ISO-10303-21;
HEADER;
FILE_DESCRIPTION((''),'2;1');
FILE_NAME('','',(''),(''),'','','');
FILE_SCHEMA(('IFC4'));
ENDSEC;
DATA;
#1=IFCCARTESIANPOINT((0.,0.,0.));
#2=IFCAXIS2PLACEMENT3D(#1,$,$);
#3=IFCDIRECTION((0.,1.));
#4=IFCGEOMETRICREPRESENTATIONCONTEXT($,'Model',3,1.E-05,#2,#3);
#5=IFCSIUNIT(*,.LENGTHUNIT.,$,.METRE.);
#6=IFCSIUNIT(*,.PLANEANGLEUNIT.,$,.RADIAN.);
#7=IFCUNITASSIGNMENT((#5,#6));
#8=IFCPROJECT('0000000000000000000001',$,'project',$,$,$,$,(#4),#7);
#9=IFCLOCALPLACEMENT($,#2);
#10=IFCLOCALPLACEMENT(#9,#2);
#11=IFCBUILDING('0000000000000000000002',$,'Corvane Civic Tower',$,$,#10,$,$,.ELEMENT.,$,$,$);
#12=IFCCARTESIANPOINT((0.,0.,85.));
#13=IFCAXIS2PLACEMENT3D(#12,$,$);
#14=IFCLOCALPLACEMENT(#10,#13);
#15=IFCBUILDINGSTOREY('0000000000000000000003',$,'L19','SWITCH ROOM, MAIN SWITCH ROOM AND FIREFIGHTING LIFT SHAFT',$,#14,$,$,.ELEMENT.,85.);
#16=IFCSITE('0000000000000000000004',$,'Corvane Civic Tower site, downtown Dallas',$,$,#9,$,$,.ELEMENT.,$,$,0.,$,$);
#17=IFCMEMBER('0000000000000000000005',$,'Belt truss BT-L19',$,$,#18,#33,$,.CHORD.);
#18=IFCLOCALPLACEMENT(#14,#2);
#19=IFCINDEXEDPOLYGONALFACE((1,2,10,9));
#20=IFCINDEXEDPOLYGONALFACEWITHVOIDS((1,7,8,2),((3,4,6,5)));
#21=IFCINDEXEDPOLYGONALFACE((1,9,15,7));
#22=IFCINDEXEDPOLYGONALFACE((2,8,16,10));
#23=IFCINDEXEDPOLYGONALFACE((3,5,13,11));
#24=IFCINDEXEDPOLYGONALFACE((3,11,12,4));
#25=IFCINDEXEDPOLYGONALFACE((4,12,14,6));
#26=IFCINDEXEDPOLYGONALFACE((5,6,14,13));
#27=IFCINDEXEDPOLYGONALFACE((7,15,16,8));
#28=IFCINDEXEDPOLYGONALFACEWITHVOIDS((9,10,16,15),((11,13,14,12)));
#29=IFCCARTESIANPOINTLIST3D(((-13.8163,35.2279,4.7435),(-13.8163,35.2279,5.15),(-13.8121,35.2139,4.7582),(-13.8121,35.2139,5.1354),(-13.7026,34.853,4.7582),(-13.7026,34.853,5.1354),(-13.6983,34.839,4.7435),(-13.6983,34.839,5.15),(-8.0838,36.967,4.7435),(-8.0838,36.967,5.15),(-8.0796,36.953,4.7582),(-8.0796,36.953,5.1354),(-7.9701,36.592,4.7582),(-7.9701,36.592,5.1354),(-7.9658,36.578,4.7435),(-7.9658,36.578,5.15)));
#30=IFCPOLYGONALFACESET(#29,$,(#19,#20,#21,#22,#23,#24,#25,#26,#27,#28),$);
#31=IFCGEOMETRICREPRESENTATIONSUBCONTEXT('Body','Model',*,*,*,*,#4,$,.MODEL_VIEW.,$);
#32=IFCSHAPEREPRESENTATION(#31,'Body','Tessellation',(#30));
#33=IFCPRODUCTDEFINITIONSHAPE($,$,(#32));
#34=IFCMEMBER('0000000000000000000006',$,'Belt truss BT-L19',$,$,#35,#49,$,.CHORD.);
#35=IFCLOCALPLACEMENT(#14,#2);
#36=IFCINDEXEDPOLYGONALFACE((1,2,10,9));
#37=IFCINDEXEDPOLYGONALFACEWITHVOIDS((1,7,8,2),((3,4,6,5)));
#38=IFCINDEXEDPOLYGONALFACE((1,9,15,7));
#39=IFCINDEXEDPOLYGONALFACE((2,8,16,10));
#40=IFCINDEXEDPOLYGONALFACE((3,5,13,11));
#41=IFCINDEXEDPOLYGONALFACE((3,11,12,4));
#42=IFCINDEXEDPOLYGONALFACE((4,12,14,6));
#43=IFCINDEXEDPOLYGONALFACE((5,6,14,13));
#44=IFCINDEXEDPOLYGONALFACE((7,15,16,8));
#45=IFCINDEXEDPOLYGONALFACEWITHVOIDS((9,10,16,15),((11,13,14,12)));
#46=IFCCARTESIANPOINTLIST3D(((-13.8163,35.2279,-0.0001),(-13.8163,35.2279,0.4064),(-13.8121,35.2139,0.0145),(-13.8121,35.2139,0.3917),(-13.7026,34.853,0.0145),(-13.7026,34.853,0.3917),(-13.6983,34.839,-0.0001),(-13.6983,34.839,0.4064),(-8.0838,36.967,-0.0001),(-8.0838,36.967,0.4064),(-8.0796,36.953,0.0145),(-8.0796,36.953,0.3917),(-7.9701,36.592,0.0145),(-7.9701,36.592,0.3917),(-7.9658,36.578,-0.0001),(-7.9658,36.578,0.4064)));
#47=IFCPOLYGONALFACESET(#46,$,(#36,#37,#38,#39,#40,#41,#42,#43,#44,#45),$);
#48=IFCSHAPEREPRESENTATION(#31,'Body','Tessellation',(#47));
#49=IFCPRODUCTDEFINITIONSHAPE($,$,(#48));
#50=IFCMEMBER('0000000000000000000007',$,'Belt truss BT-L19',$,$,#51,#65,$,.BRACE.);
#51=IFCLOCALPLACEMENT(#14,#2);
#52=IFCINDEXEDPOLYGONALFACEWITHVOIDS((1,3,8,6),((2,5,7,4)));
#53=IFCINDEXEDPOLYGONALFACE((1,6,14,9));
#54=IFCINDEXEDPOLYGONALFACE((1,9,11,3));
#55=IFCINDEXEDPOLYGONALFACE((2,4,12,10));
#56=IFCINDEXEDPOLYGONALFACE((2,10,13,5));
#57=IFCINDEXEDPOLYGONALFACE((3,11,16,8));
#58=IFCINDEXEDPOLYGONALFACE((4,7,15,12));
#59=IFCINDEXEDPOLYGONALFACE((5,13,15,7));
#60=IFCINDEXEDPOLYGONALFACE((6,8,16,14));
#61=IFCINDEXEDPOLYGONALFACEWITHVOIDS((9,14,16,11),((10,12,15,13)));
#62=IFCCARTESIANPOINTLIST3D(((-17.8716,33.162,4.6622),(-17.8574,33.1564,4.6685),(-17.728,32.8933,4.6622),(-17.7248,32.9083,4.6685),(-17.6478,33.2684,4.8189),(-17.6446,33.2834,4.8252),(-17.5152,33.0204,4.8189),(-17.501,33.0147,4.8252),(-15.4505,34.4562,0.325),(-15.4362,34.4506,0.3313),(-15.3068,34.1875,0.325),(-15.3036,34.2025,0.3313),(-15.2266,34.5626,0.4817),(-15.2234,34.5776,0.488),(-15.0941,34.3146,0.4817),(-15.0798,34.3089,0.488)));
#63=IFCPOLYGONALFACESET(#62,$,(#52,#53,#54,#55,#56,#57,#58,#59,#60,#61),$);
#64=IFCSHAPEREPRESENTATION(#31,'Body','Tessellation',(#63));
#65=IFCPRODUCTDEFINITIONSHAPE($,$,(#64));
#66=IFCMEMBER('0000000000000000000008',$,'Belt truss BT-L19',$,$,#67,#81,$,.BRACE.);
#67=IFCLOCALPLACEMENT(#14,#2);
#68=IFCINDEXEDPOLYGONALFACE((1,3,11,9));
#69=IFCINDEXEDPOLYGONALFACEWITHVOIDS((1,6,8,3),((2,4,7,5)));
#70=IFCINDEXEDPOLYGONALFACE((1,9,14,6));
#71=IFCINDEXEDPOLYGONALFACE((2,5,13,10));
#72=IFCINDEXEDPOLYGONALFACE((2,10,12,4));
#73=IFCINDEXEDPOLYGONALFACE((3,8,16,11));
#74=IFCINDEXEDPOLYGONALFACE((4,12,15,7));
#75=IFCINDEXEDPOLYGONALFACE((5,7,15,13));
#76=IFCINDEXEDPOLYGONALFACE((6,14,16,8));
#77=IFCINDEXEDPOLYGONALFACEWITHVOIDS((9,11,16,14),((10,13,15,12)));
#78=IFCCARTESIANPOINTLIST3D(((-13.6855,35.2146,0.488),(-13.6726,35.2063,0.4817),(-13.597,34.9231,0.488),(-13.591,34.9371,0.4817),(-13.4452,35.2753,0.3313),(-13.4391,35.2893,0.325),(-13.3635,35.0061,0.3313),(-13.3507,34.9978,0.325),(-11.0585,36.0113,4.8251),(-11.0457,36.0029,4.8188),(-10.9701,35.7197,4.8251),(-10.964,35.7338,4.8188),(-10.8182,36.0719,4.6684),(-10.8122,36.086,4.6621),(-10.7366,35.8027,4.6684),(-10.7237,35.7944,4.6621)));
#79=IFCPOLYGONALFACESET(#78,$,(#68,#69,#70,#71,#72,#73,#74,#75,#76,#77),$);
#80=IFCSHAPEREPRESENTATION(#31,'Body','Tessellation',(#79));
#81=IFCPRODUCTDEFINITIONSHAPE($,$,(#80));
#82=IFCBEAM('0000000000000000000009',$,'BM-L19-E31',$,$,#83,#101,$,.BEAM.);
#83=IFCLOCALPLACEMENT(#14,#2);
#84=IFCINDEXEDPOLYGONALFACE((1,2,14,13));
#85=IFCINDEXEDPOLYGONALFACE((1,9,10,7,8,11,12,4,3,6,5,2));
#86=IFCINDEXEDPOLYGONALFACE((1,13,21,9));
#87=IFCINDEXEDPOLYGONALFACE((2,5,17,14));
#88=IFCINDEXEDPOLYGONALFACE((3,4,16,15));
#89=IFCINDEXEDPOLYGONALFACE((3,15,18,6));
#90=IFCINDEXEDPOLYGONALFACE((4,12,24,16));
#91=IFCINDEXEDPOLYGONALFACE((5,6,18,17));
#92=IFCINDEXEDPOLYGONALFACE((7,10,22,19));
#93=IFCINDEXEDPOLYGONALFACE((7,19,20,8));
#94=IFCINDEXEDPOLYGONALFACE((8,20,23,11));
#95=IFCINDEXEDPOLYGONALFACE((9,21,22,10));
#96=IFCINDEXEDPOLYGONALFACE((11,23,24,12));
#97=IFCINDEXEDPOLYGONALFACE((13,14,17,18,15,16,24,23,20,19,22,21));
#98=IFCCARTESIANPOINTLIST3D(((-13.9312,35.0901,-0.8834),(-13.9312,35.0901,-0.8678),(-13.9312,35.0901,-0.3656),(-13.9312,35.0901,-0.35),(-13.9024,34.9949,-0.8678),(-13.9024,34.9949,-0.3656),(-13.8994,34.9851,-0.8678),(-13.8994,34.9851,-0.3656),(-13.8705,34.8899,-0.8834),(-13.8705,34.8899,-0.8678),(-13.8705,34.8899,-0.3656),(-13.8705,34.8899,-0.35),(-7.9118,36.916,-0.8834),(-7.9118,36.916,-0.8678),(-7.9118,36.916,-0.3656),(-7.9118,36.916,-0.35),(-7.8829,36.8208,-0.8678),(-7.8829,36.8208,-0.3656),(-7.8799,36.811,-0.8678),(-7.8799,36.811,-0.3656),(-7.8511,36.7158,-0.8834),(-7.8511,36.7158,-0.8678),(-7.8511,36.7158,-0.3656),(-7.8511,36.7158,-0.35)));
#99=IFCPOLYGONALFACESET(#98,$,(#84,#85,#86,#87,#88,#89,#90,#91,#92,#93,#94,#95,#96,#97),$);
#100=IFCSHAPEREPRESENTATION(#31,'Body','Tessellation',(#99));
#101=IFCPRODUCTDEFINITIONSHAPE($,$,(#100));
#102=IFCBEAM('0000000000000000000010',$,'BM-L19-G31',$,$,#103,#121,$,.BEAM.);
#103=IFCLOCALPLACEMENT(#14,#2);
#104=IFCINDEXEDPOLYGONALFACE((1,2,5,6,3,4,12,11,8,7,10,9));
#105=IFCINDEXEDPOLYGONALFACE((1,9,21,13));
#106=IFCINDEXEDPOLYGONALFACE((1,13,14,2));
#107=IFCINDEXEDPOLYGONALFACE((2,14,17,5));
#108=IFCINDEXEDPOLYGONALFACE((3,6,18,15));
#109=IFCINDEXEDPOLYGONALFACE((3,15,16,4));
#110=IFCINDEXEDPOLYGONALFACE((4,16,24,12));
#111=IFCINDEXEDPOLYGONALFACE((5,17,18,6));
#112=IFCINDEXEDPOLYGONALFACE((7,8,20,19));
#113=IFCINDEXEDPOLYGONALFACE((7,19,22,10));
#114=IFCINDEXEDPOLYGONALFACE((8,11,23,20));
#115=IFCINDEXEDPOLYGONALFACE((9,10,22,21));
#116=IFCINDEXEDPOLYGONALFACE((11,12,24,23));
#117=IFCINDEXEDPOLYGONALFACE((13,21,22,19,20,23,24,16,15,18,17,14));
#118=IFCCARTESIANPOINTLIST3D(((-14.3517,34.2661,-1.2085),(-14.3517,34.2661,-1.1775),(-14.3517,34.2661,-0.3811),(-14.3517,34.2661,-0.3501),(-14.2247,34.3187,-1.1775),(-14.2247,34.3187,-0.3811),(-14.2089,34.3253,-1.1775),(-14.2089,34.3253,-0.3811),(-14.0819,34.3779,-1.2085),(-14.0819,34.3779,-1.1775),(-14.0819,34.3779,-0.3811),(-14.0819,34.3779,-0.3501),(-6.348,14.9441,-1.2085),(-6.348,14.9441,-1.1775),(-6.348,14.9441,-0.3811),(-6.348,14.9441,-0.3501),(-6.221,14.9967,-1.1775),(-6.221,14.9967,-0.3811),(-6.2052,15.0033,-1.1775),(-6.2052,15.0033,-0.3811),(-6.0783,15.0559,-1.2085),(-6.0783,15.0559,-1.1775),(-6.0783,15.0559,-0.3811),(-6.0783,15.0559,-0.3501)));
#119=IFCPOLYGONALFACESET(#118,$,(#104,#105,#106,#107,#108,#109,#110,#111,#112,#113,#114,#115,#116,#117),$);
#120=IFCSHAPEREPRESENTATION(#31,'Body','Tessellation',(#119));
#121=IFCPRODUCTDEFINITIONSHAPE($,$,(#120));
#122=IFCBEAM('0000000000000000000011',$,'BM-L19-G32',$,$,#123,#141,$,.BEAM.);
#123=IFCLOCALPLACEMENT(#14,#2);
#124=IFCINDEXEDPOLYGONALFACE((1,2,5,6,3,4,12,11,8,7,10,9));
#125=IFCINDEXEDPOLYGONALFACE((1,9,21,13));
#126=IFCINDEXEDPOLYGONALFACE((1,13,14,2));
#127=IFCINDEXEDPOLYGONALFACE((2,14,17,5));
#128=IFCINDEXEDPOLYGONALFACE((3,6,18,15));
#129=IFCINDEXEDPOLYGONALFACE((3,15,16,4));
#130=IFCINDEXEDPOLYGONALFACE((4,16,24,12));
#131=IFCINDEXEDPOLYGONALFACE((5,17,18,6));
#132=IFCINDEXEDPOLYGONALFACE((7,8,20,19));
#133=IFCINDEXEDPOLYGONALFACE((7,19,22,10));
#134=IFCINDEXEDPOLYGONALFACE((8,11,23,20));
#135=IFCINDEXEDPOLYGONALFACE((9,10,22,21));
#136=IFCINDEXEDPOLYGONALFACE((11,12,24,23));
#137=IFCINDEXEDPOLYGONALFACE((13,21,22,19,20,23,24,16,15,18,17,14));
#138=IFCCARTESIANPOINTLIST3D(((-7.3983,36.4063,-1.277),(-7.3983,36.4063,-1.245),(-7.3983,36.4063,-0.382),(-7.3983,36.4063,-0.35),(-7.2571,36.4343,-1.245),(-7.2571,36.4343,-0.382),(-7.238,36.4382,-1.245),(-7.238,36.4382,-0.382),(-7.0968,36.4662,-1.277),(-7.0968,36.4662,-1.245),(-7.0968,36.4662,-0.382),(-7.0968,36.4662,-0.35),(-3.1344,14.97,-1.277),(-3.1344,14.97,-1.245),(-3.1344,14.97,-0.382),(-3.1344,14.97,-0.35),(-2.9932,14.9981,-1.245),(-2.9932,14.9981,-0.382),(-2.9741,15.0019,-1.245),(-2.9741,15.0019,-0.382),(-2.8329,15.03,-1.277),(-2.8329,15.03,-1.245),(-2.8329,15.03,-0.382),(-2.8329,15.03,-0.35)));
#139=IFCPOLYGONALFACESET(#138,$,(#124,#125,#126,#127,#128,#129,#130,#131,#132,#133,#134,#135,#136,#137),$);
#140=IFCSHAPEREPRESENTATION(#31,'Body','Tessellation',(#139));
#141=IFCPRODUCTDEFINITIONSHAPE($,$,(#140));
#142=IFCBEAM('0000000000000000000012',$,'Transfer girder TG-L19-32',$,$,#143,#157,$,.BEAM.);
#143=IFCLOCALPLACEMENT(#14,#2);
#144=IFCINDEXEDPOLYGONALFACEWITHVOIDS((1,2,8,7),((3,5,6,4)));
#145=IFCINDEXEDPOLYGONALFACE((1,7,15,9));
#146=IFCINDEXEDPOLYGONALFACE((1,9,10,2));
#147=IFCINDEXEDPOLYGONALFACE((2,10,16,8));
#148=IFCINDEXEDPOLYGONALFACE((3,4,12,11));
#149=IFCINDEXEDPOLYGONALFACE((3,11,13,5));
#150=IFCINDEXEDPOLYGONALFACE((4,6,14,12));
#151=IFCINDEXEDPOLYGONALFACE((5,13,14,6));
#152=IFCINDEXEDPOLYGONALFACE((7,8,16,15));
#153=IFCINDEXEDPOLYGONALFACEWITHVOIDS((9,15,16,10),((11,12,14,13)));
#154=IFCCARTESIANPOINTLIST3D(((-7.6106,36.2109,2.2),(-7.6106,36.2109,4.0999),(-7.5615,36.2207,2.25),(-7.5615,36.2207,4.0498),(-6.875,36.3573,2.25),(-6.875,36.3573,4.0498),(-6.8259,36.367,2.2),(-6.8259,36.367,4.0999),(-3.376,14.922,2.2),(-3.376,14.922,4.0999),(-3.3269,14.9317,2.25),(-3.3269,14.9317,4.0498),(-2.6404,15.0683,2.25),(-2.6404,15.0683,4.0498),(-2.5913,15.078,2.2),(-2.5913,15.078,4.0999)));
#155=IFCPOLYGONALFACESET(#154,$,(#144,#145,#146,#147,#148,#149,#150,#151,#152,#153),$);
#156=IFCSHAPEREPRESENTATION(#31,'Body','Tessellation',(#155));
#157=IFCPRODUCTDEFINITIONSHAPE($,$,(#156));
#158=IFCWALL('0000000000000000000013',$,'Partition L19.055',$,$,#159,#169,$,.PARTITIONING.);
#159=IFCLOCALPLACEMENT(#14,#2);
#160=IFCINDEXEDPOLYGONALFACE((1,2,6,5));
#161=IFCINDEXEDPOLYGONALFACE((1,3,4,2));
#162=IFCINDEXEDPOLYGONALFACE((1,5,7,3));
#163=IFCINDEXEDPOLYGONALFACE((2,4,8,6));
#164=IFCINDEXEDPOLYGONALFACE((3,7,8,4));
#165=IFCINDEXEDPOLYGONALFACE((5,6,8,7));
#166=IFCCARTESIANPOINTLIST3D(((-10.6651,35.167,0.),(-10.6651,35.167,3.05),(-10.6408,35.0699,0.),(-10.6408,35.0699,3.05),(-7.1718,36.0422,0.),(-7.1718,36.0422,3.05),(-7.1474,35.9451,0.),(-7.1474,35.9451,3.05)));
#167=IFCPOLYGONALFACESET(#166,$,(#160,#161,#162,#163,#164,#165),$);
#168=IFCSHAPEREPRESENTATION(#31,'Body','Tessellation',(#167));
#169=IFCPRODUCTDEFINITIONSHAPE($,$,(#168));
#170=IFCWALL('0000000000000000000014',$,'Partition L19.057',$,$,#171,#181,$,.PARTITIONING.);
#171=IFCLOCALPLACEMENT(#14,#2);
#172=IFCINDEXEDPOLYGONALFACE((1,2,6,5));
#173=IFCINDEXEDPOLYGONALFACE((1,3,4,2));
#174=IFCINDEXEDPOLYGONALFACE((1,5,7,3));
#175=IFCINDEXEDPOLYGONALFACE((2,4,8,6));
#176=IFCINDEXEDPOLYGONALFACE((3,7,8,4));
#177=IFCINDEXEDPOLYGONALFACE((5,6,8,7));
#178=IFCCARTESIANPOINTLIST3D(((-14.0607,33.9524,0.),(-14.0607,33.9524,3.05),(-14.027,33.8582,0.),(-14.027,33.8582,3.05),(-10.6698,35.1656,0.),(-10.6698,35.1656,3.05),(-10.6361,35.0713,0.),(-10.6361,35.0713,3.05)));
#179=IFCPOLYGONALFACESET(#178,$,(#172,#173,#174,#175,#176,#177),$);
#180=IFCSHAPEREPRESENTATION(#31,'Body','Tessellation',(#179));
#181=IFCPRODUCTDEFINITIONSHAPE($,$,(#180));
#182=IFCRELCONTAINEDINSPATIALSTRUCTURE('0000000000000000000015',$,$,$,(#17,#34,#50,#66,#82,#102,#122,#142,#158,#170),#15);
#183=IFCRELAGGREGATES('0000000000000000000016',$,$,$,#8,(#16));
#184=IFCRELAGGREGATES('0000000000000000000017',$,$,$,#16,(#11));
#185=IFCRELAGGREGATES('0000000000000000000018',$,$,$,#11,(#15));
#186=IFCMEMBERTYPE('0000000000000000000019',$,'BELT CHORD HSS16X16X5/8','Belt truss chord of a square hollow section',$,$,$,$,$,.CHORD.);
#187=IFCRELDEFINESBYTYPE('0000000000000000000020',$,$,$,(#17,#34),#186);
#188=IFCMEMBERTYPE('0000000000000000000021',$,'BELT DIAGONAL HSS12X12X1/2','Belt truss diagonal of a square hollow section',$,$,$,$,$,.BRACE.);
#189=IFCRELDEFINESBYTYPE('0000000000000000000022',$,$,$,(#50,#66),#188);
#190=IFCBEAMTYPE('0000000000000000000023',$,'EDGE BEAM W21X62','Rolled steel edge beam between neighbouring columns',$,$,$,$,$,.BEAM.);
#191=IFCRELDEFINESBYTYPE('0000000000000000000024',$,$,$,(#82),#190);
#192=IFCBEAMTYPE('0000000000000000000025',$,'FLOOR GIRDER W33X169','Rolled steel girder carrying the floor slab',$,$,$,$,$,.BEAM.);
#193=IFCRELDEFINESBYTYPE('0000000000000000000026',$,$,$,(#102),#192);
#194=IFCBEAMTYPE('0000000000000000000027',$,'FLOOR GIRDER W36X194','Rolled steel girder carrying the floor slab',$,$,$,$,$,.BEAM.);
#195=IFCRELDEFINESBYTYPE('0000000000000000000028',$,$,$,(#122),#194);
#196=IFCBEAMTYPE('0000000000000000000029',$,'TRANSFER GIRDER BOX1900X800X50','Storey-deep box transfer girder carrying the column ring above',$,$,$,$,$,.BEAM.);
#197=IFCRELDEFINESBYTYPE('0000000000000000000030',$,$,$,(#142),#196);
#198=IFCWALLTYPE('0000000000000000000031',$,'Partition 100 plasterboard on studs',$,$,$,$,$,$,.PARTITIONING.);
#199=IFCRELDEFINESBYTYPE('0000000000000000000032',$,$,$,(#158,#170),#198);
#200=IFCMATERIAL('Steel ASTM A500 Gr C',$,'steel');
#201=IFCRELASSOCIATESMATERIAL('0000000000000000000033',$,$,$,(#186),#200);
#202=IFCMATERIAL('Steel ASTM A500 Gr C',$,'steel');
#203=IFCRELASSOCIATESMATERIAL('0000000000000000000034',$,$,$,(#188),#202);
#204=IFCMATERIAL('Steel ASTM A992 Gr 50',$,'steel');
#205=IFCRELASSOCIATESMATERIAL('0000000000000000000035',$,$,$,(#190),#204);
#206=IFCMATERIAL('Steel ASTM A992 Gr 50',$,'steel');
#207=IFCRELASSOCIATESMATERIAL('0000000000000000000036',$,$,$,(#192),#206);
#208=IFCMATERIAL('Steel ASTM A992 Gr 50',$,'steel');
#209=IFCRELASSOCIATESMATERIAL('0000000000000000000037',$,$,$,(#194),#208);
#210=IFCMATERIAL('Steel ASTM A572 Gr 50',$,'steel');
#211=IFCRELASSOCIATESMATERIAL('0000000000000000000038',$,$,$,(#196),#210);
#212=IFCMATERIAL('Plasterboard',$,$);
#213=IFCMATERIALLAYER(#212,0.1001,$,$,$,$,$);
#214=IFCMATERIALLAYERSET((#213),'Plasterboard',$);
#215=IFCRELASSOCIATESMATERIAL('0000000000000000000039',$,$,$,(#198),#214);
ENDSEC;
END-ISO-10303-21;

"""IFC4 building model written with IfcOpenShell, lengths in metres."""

from ifc_helpers import new_model, si_unit, direction, frame, frame_2d, origin, origin_2d, place, context, subcontext, project, spatial, rectangle, hollow_rectangle, i_section, extrude, material, layer, layer_set, material_profile, profile_set, type_object, element, save


model = new_model("IFC4")

# Units and contexts
model_context = context("Model", 3, precision=1e-05, world=origin(), true_north=direction((0.0, 1.0)))
body_context = subcontext(model_context, "Body", "Model", "MODEL_VIEW")
ifc_project = project(units=[si_unit("LENGTHUNIT", "METRE"), si_unit("PLANEANGLEUNIT", "RADIAN")], contexts=[model_context])

# Site, building, storey
site_placement = place(None, origin())
site = spatial("IfcSite", under=ifc_project, at=site_placement, Name="Corvane Civic Tower site, downtown Dallas", CompositionType="ELEMENT", RefElevation=0.0)
building_placement = place(site_placement, origin())
building = spatial("IfcBuilding", under=site, at=building_placement, Name="Corvane Civic Tower", CompositionType="ELEMENT")
storey_placement = place(building_placement, frame((0.0, 0.0, 85.0)))
storey = spatial("IfcBuildingStorey", under=building, at=storey_placement, Name="L19", Description="SWITCH ROOM, MAIN SWITCH ROOM AND FIREFIGHTING LIFT SHAFT", CompositionType="ELEMENT", Elevation=85.0)

# Members
ifc_material_1 = material(Name="Steel ASTM A500 Gr C", Category="steel")
ifc_material_profile_1 = material_profile(ifc_material_1, hollow_rectangle(XDim=0.4065, YDim=0.4065, WallThickness=0.0146, at=origin_2d()), Name="HSS16X16X5/8")
ifc_profile_set_1 = profile_set([ifc_material_profile_1], Name="Steel ASTM A500 Gr C")
member_type_1 = type_object("IfcMemberType", Name="BELT CHORD HSS16X16X5/8", Description="Belt truss chord of a square hollow section", PredefinedType="CHORD", material=ifc_profile_set_1)
for number, where, z_axis, x_axis, name in (
    (1, (-13.7573, 35.0334, 4.9468), (0.956936, 0.2903, 0.0), (-0.2903, 0.956936, 0.0), "Belt truss BT-L19"),
    (2, (-13.7573, 35.0334, 0.2031), (0.956936, 0.2903, 0.0), (-0.2903, 0.956936, 0.0), "Belt truss BT-L19"),
):
    element("IfcMember", number, at=place(storey_placement, frame(where, z_axis=z_axis, x_axis=x_axis)), inside=storey, type_object=member_type_1, Name=name, PredefinedType="CHORD", context=body_context, shape_type="SweptSolid", body=[
        extrude(hollow_rectangle(XDim=0.4065, YDim=0.4065, WallThickness=0.0146, at=origin_2d()), origin(), (0.0, 0.0, 1.0), 5.9905),
    ])
ifc_material_2 = material(Name="Steel ASTM A500 Gr C", Category="steel")
ifc_material_profile_2 = material_profile(ifc_material_2, hollow_rectangle(XDim=0.3047, YDim=0.3047, WallThickness=0.0117, at=origin_2d()), Name="HSS12X12X1/2")
ifc_profile_set_2 = profile_set([ifc_material_profile_2], Name="Steel ASTM A500 Gr C")
member_type_2 = type_object("IfcMemberType", Name="BELT DIAGONAL HSS12X12X1/2", Description="Belt truss diagonal of a square hollow section", PredefinedType="BRACE", material=ifc_profile_set_2)
member_1_placement = place(storey_placement, frame((-15.2651, 34.3826, 0.4065), z_axis=(-0.471681, -0.252131, 0.844954), x_axis=(0.471414, -0.881912, 0.0)))
element("IfcMember", 3, at=member_1_placement, inside=storey, type_object=member_type_2, Name="Belt truss BT-L19", PredefinedType="BRACE", context=body_context, shape_type="SweptSolid", body=[
    extrude(hollow_rectangle(XDim=0.3047, YDim=0.3047, WallThickness=0.0117, at=origin_2d()), origin(), (0.0, 0.0, 1.0), 5.1331),
])
member_2_placement = place(storey_placement, frame((-13.5181, 35.1062, 0.4065), z_axis=(0.511789, 0.155202, 0.844976), x_axis=(-0.290202, 0.956965, 0.0)))
element("IfcMember", 4, at=member_2_placement, inside=storey, type_object=member_type_2, Name="Belt truss BT-L19", PredefinedType="BRACE", context=body_context, shape_type="SweptSolid", body=[
    extrude(hollow_rectangle(XDim=0.3047, YDim=0.3047, WallThickness=0.0117, at=origin_2d()), origin(), (0.0, 0.0, 1.0), 5.1328),
])

# Beams
ifc_material_3 = material(Name="Steel ASTM A992 Gr 50", Category="steel")
ifc_material_profile_3 = material_profile(ifc_material_3, i_section(OverallWidth=0.2092, OverallDepth=0.5334, WebThickness=0.0103, FlangeThickness=0.0156, at=origin_2d()), Name="W21X62")
ifc_profile_set_3 = profile_set([ifc_material_profile_3], Name="Steel ASTM A992 Gr 50")
beam_type_1 = type_object("IfcBeamType", Name="EDGE BEAM W21X62", Description="Rolled steel edge beam between neighbouring columns", PredefinedType="BEAM", material=ifc_profile_set_3)
beam_1_placement = place(storey_placement, frame((-13.9009, 34.99, -0.6167), z_axis=(0.956944, 0.290273, 0.0), x_axis=(-0.290273, 0.956944, 0.0)))
element("IfcBeam", 5, at=beam_1_placement, inside=storey, type_object=beam_type_1, Name="BM-L19-E31", PredefinedType="BEAM", context=body_context, shape_type="SweptSolid", body=[
    extrude(i_section(OverallWidth=0.2092, OverallDepth=0.5334, WebThickness=0.0103, FlangeThickness=0.0156, at=origin_2d()), origin(), (0.0, 0.0, 1.0), 6.2903),
])
ifc_material_4 = material(Name="Steel ASTM A992 Gr 50", Category="steel")
ifc_material_profile_4 = material_profile(ifc_material_4, i_section(OverallWidth=0.292, OverallDepth=0.8584, WebThickness=0.0171, FlangeThickness=0.031, at=origin_2d()), Name="W33X169")
ifc_profile_set_4 = profile_set([ifc_material_profile_4], Name="Steel ASTM A992 Gr 50")
beam_type_2 = type_object("IfcBeamType", Name="FLOOR GIRDER W33X169", Description="Rolled steel girder carrying the floor slab", PredefinedType="BEAM", material=ifc_profile_set_4)
beam_2_placement = place(storey_placement, frame((-6.2131, 15.0, -0.7793), z_axis=(-0.382692, 0.923876, 0.0), x_axis=(-0.923876, -0.382692, 0.0)))
element("IfcBeam", 6, at=beam_2_placement, inside=storey, type_object=beam_type_2, Name="BM-L19-G31", PredefinedType="BEAM", context=body_context, shape_type="SweptSolid", body=[
    extrude(i_section(OverallWidth=0.292, OverallDepth=0.8584, WebThickness=0.0171, FlangeThickness=0.031, at=origin_2d()), origin(), (0.0, 0.0, 1.0), 20.9141),
])
ifc_material_5 = material(Name="Steel ASTM A992 Gr 50", Category="steel")
ifc_material_profile_5 = material_profile(ifc_material_5, i_section(OverallWidth=0.3074, OverallDepth=0.927, WebThickness=0.0195, FlangeThickness=0.032, at=origin_2d()), Name="W36X194")
ifc_profile_set_5 = profile_set([ifc_material_profile_5], Name="Steel ASTM A992 Gr 50")
beam_type_3 = type_object("IfcBeamType", Name="FLOOR GIRDER W36X194", Description="Rolled steel girder carrying the floor slab", PredefinedType="BEAM", material=ifc_profile_set_5)
beam_3_placement = place(storey_placement, frame((-2.9836, 15.0, -0.8135), z_axis=(-0.195089, 0.980785, 0.0), x_axis=(-0.980785, -0.195089, 0.0)))
element("IfcBeam", 7, at=beam_3_placement, inside=storey, type_object=beam_type_3, Name="BM-L19-G32", PredefinedType="BEAM", context=body_context, shape_type="SweptSolid", body=[
    extrude(i_section(OverallWidth=0.3074, OverallDepth=0.927, WebThickness=0.0195, FlangeThickness=0.032, at=origin_2d()), origin(), (0.0, 0.0, 1.0), 21.8562),
])
ifc_material_6 = material(Name="Steel ASTM A572 Gr 50", Category="steel")
ifc_material_profile_6 = material_profile(ifc_material_6, hollow_rectangle(XDim=0.8, YDim=1.8999, WallThickness=0.05, at=origin_2d()), Name="BOX1900X800X50")
ifc_profile_set_6 = profile_set([ifc_material_profile_6], Name="Steel ASTM A572 Gr 50")
beam_type_4 = type_object("IfcBeamType", Name="TRANSFER GIRDER BOX1900X800X50", Description="Storey-deep box transfer girder carrying the column ring above", PredefinedType="BEAM", material=ifc_profile_set_6)
beam_4_placement = place(storey_placement, frame((-2.9836, 15.0, 3.1499), z_axis=(-0.195089, 0.980786, 0.0), x_axis=(-0.980786, -0.195089, 0.0)))
element("IfcBeam", 8, at=beam_4_placement, inside=storey, type_object=beam_type_4, Name="Transfer girder TG-L19-32", PredefinedType="BEAM", context=body_context, shape_type="SweptSolid", body=[
    extrude(hollow_rectangle(XDim=0.8, YDim=1.8999, WallThickness=0.05, at=origin_2d()), origin(), (0.0, 0.0, 1.0), 21.7061),
])

# Walls
ifc_material_7 = material(Name="Plasterboard")
ifc_layer_1 = layer(ifc_material_7, 0.1001)
ifc_layer_set_1 = layer_set([ifc_layer_1], Name="Plasterboard")
wall_type_1 = type_object("IfcWallType", Name="Partition 100 plasterboard on studs", PredefinedType="PARTITIONING", material=ifc_layer_set_1)
for number, where, z_axis, x_axis, name in (
    (9, (-10.6531, 35.1184, 0.0), (0.0, 0.0, 1.0), (0.970019, 0.24303, 0.0), "Partition L19.055"),
    (10, (-14.0439, 33.9053, 0.0), (0.0, 0.0, 1.0), (0.941556, 0.336856, 0.0), "Partition L19.057"),
):
    element("IfcWall", number, at=place(storey_placement, frame(where, z_axis=z_axis, x_axis=x_axis)), inside=storey, type_object=wall_type_1, Name=name, PredefinedType="PARTITIONING", context=body_context, shape_type="SweptSolid", body=[
        extrude(rectangle(XDim=3.6013, YDim=0.1001, at=frame_2d((1.8008, 0.0))), origin(), (0.0, 0.0, 1.0), 3.05),
    ])

save(model, "model.ifc")
